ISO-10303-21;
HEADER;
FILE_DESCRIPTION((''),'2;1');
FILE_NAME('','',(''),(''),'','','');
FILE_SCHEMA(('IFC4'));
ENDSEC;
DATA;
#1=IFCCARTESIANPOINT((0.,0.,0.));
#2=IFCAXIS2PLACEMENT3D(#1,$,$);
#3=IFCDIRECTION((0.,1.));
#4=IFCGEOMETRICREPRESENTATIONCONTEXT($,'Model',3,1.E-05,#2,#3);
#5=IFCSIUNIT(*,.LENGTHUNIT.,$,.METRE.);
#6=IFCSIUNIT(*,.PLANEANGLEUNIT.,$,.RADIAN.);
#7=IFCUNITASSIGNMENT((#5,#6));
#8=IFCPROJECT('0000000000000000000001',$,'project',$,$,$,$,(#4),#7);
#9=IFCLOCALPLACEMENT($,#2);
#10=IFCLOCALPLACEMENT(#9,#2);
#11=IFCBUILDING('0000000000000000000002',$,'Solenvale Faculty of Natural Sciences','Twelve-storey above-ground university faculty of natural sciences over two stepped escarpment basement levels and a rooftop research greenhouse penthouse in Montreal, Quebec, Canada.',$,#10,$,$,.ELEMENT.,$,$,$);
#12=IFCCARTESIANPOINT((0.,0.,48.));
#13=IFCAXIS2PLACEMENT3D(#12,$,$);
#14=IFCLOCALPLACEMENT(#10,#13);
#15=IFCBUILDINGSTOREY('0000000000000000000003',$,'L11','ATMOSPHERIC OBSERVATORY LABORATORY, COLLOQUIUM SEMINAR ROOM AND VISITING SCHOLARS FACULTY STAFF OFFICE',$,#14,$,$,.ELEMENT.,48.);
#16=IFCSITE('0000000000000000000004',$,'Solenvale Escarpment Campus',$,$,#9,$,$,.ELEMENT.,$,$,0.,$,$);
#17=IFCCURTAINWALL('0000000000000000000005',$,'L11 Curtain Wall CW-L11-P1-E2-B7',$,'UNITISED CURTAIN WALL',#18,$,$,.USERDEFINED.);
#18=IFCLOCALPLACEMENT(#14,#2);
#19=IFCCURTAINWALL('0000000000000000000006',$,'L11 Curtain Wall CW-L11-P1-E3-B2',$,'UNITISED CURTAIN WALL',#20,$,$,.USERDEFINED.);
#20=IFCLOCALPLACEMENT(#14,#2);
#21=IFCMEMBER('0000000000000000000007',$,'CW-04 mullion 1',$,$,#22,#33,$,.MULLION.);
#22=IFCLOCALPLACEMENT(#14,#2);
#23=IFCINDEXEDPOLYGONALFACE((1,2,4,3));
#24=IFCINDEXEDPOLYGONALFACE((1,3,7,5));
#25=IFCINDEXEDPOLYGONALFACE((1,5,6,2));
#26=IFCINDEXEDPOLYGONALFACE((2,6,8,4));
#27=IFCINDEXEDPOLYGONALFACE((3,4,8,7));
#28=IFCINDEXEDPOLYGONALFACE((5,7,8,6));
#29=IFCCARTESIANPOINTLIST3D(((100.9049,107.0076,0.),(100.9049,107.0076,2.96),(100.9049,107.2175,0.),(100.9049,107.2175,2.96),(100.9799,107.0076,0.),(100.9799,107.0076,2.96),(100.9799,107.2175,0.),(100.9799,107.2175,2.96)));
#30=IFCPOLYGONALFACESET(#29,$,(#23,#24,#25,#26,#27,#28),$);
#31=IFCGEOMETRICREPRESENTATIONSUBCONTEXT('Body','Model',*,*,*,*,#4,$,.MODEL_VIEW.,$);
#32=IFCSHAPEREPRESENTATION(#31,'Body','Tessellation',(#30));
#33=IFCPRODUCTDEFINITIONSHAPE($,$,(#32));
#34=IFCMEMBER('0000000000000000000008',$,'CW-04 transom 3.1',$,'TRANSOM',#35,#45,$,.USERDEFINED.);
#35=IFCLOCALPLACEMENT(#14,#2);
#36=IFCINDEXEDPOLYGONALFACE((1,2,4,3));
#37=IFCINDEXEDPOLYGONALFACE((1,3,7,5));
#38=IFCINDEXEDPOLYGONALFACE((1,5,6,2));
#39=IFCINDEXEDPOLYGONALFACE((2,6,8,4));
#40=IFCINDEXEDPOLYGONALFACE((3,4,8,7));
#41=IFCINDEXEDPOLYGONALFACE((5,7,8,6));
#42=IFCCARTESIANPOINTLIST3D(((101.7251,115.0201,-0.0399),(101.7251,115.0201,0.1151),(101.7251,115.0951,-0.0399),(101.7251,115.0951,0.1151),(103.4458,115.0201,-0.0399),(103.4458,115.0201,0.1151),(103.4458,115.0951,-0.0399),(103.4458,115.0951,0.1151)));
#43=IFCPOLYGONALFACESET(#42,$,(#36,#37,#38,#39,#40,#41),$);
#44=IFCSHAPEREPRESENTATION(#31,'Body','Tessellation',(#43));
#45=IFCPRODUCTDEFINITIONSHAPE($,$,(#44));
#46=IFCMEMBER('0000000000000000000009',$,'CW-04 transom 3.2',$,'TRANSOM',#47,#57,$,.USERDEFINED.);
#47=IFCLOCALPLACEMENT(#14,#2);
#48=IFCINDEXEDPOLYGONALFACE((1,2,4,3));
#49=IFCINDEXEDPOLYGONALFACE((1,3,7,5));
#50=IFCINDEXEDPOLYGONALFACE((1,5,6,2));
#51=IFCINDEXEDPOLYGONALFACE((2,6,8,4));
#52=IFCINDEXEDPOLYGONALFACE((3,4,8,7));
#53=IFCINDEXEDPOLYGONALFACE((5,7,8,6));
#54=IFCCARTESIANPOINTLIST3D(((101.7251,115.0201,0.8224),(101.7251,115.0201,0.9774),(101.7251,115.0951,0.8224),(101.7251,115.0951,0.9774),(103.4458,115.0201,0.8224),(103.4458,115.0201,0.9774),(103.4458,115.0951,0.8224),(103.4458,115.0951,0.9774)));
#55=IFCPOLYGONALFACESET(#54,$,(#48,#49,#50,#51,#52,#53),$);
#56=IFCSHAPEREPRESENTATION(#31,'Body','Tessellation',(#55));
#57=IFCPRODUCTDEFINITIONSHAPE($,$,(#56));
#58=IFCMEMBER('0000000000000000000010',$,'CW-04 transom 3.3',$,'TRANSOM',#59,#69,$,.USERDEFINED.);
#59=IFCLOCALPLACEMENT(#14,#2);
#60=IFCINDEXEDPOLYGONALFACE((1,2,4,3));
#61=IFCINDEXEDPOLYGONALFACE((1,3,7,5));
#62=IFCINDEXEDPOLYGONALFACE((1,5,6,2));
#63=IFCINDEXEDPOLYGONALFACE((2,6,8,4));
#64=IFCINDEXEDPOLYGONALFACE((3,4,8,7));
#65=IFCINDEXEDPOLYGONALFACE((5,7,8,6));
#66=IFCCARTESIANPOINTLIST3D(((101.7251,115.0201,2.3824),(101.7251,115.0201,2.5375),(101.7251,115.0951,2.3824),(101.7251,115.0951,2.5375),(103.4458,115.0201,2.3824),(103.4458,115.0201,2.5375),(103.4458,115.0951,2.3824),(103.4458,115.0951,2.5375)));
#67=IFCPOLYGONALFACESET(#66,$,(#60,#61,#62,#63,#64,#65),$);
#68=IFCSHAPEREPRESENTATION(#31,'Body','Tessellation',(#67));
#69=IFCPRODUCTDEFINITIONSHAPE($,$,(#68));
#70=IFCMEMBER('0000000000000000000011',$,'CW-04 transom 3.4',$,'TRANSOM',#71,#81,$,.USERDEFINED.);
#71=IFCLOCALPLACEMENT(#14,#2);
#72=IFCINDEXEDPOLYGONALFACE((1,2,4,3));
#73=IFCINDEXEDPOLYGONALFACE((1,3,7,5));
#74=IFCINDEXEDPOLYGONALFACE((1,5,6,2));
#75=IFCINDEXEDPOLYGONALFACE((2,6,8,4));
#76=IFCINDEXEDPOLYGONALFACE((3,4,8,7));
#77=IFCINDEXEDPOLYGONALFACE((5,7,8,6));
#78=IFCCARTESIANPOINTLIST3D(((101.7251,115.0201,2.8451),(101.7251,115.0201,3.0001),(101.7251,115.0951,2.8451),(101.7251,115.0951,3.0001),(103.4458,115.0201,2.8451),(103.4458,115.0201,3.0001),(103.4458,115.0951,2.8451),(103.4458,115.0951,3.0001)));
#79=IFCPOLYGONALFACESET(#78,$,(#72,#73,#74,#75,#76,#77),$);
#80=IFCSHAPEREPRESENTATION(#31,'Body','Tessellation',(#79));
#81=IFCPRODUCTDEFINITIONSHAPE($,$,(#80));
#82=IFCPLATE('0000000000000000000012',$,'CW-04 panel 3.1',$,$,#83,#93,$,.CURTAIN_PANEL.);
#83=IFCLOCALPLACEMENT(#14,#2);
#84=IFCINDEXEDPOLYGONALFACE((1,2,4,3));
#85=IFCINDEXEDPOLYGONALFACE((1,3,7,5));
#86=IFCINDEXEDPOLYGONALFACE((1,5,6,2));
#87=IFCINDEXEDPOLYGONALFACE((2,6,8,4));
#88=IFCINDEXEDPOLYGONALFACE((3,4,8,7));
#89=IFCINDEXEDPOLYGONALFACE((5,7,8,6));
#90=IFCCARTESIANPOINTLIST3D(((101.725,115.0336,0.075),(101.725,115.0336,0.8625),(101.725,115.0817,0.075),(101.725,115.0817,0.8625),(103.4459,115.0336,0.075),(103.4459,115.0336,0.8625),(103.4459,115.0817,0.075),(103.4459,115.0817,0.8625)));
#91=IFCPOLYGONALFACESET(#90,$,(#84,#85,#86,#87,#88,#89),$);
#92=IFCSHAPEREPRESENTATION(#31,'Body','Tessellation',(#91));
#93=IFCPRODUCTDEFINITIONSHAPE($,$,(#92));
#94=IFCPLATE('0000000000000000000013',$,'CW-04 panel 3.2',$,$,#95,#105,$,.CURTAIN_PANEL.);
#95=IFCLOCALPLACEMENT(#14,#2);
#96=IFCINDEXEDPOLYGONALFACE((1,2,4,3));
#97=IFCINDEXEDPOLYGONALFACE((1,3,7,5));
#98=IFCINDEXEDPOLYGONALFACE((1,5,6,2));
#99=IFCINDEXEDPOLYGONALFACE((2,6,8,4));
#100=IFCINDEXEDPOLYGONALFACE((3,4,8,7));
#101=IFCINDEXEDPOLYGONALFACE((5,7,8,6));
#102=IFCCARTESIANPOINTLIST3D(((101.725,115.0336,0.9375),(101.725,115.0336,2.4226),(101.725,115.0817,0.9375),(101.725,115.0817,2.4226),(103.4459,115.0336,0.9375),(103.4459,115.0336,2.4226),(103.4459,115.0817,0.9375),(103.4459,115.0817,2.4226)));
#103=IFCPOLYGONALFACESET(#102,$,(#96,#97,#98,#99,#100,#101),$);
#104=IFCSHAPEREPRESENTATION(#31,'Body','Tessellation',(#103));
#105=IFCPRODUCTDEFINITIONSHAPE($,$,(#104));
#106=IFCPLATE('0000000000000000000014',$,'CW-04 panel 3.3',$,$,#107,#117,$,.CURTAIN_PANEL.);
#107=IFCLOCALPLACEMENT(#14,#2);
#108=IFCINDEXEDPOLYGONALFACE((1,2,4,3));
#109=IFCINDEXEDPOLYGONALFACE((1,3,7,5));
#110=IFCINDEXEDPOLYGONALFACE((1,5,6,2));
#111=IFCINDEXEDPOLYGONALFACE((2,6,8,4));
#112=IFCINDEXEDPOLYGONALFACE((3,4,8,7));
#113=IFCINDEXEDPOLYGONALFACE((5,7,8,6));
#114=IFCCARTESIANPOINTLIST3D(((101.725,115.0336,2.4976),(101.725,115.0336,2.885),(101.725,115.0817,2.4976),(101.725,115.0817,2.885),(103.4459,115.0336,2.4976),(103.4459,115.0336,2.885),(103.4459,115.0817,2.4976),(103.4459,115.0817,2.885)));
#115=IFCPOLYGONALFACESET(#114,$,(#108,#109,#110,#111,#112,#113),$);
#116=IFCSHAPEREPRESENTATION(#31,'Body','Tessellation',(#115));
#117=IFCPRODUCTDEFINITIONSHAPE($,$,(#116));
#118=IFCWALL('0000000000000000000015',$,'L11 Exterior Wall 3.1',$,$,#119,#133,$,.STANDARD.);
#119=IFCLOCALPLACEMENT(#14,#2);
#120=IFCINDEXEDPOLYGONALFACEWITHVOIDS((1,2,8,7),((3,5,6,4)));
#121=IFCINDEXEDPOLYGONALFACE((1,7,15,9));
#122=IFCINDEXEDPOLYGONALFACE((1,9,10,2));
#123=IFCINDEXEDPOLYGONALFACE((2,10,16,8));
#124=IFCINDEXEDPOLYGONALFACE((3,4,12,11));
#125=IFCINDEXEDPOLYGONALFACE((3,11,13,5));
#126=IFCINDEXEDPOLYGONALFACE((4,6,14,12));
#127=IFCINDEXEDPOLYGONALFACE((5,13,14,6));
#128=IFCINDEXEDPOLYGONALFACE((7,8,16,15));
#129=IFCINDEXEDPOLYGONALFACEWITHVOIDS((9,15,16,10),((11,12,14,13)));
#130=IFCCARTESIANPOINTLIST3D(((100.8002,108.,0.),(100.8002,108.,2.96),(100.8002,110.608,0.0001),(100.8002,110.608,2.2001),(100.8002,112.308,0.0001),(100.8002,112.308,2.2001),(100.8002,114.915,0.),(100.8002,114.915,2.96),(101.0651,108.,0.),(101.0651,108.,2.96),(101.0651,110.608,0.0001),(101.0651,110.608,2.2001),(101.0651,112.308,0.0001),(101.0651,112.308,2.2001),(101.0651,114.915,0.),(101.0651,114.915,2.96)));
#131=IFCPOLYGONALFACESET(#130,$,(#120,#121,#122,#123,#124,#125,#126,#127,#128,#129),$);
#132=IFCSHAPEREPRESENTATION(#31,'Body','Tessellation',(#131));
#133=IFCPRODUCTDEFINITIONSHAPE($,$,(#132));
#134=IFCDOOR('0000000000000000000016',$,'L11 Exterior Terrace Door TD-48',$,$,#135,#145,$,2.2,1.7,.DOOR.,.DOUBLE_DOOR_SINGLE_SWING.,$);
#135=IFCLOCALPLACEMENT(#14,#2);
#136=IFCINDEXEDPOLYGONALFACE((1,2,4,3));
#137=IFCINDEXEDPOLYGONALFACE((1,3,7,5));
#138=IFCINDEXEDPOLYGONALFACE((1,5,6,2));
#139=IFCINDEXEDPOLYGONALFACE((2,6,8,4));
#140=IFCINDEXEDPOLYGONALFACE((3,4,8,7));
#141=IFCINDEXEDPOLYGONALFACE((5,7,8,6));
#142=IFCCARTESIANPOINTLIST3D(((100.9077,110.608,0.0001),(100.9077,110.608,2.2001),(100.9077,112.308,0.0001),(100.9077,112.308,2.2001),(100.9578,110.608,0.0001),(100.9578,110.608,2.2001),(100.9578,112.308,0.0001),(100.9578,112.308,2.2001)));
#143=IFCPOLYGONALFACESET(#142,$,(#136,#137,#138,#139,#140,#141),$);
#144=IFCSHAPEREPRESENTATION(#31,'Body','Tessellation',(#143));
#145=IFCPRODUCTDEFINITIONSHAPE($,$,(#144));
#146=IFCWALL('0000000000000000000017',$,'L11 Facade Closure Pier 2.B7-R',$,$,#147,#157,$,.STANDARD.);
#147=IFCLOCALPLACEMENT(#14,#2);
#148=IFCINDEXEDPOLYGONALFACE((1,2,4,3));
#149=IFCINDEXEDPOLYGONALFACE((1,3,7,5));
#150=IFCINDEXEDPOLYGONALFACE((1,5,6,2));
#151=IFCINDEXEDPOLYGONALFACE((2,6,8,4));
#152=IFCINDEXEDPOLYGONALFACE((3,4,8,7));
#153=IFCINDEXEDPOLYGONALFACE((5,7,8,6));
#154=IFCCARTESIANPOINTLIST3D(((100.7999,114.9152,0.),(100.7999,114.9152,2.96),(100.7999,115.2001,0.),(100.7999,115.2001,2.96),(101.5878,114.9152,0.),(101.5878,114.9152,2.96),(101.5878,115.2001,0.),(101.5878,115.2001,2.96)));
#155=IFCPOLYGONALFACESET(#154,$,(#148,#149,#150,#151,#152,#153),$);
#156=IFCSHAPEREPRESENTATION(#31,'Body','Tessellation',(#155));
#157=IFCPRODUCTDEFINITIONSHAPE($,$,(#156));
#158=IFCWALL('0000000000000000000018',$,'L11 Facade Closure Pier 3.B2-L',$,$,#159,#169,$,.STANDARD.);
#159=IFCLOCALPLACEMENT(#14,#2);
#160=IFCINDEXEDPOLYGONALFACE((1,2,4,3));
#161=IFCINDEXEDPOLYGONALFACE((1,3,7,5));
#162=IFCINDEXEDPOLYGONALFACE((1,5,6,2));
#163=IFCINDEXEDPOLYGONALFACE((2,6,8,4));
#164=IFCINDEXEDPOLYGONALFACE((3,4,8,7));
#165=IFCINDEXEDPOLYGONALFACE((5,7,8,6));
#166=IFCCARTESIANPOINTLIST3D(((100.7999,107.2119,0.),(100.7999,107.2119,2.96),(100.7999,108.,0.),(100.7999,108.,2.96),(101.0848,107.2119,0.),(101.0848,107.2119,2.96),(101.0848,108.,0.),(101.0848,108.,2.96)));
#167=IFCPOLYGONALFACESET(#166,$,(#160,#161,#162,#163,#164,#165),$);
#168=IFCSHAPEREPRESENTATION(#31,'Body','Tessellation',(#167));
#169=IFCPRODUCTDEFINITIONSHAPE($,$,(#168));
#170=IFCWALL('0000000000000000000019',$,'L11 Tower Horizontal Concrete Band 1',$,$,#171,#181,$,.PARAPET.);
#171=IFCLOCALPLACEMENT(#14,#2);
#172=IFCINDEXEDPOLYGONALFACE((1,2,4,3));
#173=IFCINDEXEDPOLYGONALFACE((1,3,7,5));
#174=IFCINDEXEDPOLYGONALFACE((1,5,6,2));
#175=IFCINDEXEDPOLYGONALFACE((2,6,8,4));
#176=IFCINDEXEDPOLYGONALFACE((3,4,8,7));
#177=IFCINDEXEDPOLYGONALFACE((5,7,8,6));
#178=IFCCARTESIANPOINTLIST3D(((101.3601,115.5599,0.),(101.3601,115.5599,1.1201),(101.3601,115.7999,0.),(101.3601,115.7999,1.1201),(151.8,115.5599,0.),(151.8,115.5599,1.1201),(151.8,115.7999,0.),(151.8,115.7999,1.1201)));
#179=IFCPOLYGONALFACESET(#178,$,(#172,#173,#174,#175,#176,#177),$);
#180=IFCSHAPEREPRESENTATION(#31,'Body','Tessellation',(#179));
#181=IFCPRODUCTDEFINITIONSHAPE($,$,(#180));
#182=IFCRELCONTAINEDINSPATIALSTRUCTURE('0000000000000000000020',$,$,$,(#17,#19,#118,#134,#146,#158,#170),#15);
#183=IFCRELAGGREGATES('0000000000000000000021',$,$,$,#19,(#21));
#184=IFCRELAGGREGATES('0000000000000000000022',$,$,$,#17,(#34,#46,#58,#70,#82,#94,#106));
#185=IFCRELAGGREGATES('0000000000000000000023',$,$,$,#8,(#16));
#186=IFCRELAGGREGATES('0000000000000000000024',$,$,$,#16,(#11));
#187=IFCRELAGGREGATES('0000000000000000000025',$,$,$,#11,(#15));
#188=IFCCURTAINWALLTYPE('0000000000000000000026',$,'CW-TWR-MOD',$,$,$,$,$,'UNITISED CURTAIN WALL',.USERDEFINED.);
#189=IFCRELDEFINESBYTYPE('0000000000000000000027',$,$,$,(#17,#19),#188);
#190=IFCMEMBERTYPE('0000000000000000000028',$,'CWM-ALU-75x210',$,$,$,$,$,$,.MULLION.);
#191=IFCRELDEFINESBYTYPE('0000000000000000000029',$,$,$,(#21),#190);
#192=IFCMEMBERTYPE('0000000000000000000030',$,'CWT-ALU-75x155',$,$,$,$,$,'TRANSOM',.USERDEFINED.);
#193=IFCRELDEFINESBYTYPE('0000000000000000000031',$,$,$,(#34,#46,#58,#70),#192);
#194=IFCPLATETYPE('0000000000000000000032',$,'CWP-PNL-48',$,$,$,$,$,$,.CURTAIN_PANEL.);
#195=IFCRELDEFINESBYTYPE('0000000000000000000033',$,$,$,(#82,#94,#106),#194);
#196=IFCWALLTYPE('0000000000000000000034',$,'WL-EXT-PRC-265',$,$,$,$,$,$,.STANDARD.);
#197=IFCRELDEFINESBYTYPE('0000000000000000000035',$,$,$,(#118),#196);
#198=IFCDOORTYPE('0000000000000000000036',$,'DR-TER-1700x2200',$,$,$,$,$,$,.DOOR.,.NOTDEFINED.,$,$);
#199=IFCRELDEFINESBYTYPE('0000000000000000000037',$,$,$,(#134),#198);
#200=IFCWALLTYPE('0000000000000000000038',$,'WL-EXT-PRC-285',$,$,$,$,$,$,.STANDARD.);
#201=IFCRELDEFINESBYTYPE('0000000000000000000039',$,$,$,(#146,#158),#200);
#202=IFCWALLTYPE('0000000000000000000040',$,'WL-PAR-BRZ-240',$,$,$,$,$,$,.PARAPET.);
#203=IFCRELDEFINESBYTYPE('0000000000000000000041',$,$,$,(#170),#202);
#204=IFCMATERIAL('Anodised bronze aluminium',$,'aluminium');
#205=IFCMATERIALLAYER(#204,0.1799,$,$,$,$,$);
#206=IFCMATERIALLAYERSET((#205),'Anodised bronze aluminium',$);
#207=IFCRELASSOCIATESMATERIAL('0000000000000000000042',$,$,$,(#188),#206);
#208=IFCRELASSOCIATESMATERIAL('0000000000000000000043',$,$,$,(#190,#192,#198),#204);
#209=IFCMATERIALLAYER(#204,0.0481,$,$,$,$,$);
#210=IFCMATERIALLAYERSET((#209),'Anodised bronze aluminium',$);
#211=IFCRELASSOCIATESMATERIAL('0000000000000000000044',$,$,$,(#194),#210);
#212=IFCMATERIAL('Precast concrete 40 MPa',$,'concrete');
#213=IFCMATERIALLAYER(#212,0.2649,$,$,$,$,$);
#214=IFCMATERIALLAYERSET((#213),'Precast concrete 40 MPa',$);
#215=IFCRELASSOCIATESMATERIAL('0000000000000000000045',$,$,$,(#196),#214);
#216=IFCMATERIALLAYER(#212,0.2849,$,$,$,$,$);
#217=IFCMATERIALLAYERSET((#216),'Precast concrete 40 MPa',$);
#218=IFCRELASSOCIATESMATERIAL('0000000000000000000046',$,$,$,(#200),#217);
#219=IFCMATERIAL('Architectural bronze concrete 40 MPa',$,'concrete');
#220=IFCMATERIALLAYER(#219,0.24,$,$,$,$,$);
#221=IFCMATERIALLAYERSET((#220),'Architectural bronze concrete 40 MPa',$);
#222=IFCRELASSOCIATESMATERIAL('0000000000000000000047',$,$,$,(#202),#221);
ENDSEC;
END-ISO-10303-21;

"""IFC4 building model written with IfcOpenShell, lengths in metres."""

from ifc_helpers import new_model, si_unit, direction, frame, frame_2d, origin, origin_2d, place, context, subcontext, project, spatial, rectangle, extrude, material, layer, layer_set, material_profile, profile_set, type_object, element, fill, aggregate, save


model = new_model("IFC4")

# Units and contexts
model_context = context("Model", 3, precision=1e-05, world=origin(), true_north=direction((0.0, 1.0)))
body_context = subcontext(model_context, "Body", "Model", "MODEL_VIEW")
ifc_project = project(units=[si_unit("LENGTHUNIT", "METRE"), si_unit("PLANEANGLEUNIT", "RADIAN")], contexts=[model_context])

# Site, building, storey
site_placement = place(None, origin())
site = spatial("IfcSite", under=ifc_project, at=site_placement, Name="Solenvale Escarpment Campus", CompositionType="ELEMENT", RefElevation=0.0)
building_placement = place(site_placement, origin())
building = spatial("IfcBuilding", under=site, at=building_placement, Name="Solenvale Faculty of Natural Sciences", Description="Twelve-storey above-ground university faculty of natural sciences over two stepped escarpment basement levels and a rooftop research greenhouse penthouse in Montreal, Quebec, Canada.", CompositionType="ELEMENT")
storey_placement = place(building_placement, frame((0.0, 0.0, 48.0)))
storey = spatial("IfcBuildingStorey", under=building, at=storey_placement, Name="L11", Description="ATMOSPHERIC OBSERVATORY LABORATORY, COLLOQUIUM SEMINAR ROOM AND VISITING SCHOLARS FACULTY STAFF OFFICE", CompositionType="ELEMENT", Elevation=48.0)

# Shared definitions
ifc_material_1 = material(Name="Precast concrete 40 MPa", Category="concrete")

# Curtain wall
ifc_material_2 = material(Name="Anodised bronze aluminium", Category="aluminium")
ifc_layer_1 = layer(ifc_material_2, 0.1799)
ifc_layer_set_1 = layer_set([ifc_layer_1], Name="Anodised bronze aluminium")
curtain_wall_type = type_object("IfcCurtainWallType", Name="CW-TWR-MOD", ElementType="UNITISED CURTAIN WALL", PredefinedType="USERDEFINED", material=ifc_layer_set_1)
curtain_wall_1_placement = place(storey_placement, origin())
curtain_wall_1 = element("IfcCurtainWall", 1, at=curtain_wall_1_placement, inside=storey, type_object=curtain_wall_type, Name="L11 Curtain Wall CW-L11-P1-E2-B7", ObjectType="UNITISED CURTAIN WALL", PredefinedType="USERDEFINED")
ifc_material_profile_1 = material_profile(ifc_material_2, rectangle(XDim=0.075, YDim=0.21, at=origin_2d()), Name="ALU-MUL-75x210")
ifc_profile_set_1 = profile_set([ifc_material_profile_1], Name="Anodised bronze aluminium")
member_type_1 = type_object("IfcMemberType", Name="CWM-ALU-75x210", PredefinedType="MULLION", material=ifc_profile_set_1)

# Curtain wall, member
curtain_wall_2_placement = place(storey_placement, origin())
curtain_wall_2 = element("IfcCurtainWall", 2, at=curtain_wall_2_placement, inside=storey, type_object=curtain_wall_type, Name="L11 Curtain Wall CW-L11-P1-E3-B2", ObjectType="UNITISED CURTAIN WALL", PredefinedType="USERDEFINED")
member_1_placement = place(storey_placement, frame((100.9424, 107.1125, 0.0), z_axis=(0.0, 0.0, 1.0), x_axis=(1.0, 0.0, 0.0)))
member_1 = element("IfcMember", 3, at=member_1_placement, type_object=member_type_1, Name="CW-04 mullion 1", PredefinedType="MULLION", context=body_context, shape_type="SweptSolid", body=[
    extrude(rectangle(XDim=0.075, YDim=0.21, at=origin_2d()), origin(), (0.0, 0.0, 1.0), 2.96),
])
aggregate(curtain_wall_2, [member_1])

# Members
ifc_material_profile_2 = material_profile(ifc_material_2, rectangle(XDim=0.075, YDim=0.155, at=origin_2d()), Name="ALU-TRN-75x155")
ifc_profile_set_2 = profile_set([ifc_material_profile_2], Name="Anodised bronze aluminium")
member_type_2 = type_object("IfcMemberType", Name="CWT-ALU-75x155", ElementType="TRANSOM", PredefinedType="USERDEFINED", material=ifc_profile_set_2)
member_2_placement = place(storey_placement, frame((103.4458, 115.0576, 0.0376), z_axis=(-1.0, 0.0, 0.0), x_axis=(0.0, -1.0, 0.0)))
member_2 = element("IfcMember", 4, at=member_2_placement, type_object=member_type_2, Name="CW-04 transom 3.1", ObjectType="TRANSOM", PredefinedType="USERDEFINED", context=body_context, shape_type="SweptSolid", body=[
    extrude(rectangle(XDim=0.075, YDim=0.155, at=origin_2d()), origin(), (0.0, 0.0, 1.0), 1.7207),
])
member_3_placement = place(storey_placement, frame((103.4458, 115.0576, 0.8999), z_axis=(-1.0, 0.0, 0.0), x_axis=(0.0, -1.0, 0.0)))
member_3 = element("IfcMember", 5, at=member_3_placement, type_object=member_type_2, Name="CW-04 transom 3.2", ObjectType="TRANSOM", PredefinedType="USERDEFINED", context=body_context, shape_type="SweptSolid", body=[
    extrude(rectangle(XDim=0.075, YDim=0.155, at=origin_2d()), origin(), (0.0, 0.0, 1.0), 1.7207),
])
member_4_placement = place(storey_placement, frame((103.4458, 115.0576, 2.46), z_axis=(-1.0, 0.0, 0.0), x_axis=(0.0, -1.0, 0.0)))
member_4 = element("IfcMember", 6, at=member_4_placement, type_object=member_type_2, Name="CW-04 transom 3.3", ObjectType="TRANSOM", PredefinedType="USERDEFINED", context=body_context, shape_type="SweptSolid", body=[
    extrude(rectangle(XDim=0.075, YDim=0.155, at=origin_2d()), origin(), (0.0, 0.0, 1.0), 1.7207),
])
member_5_placement = place(storey_placement, frame((103.4458, 115.0576, 2.9226), z_axis=(-1.0, 0.0, 0.0), x_axis=(0.0, -1.0, 0.0)))
member_5 = element("IfcMember", 7, at=member_5_placement, type_object=member_type_2, Name="CW-04 transom 3.4", ObjectType="TRANSOM", PredefinedType="USERDEFINED", context=body_context, shape_type="SweptSolid", body=[
    extrude(rectangle(XDim=0.075, YDim=0.155, at=origin_2d()), origin(), (0.0, 0.0, 1.0), 1.7207),
])

# Plates
ifc_layer_2 = layer(ifc_material_2, 0.0481)
ifc_layer_set_2 = layer_set([ifc_layer_2], Name="Anodised bronze aluminium")
plate_type = type_object("IfcPlateType", Name="CWP-PNL-48", PredefinedType="CURTAIN_PANEL", material=ifc_layer_set_2)
plate_1_placement = place(storey_placement, frame((102.5854, 115.0576, 0.075), z_axis=(0.0, 0.0, 1.0), x_axis=(-1.0, 0.0, 0.0)))
plate_1 = element("IfcPlate", 8, at=plate_1_placement, type_object=plate_type, Name="CW-04 panel 3.1", PredefinedType="CURTAIN_PANEL", context=body_context, shape_type="SweptSolid", body=[
    extrude(rectangle(XDim=1.7209, YDim=0.0481, at=origin_2d()), origin(), (0.0, 0.0, 1.0), 0.7876),
])
plate_2_placement = place(storey_placement, frame((102.5854, 115.0576, 0.9375), z_axis=(0.0, 0.0, 1.0), x_axis=(-1.0, 0.0, 0.0)))
plate_2 = element("IfcPlate", 9, at=plate_2_placement, type_object=plate_type, Name="CW-04 panel 3.2", PredefinedType="CURTAIN_PANEL", context=body_context, shape_type="SweptSolid", body=[
    extrude(rectangle(XDim=1.7209, YDim=0.0481, at=origin_2d()), origin(), (0.0, 0.0, 1.0), 1.4851),
])
plate_3_placement = place(storey_placement, frame((102.5854, 115.0576, 2.4976), z_axis=(0.0, 0.0, 1.0), x_axis=(-1.0, 0.0, 0.0)))
plate_3 = element("IfcPlate", 10, at=plate_3_placement, type_object=plate_type, Name="CW-04 panel 3.3", PredefinedType="CURTAIN_PANEL", context=body_context, shape_type="SweptSolid", body=[
    extrude(rectangle(XDim=1.7209, YDim=0.0481, at=origin_2d()), origin(), (0.0, 0.0, 1.0), 0.3875),
])
aggregate(curtain_wall_1, [member_2, member_3, member_4, member_5, plate_1, plate_2, plate_3])

# Wall, opening, door
ifc_layer_3 = layer(ifc_material_1, 0.2649)
ifc_layer_set_3 = layer_set([ifc_layer_3], Name="Precast concrete 40 MPa")
wall_type_1 = type_object("IfcWallType", Name="WL-EXT-PRC-265", PredefinedType="STANDARD", material=ifc_layer_set_3)
wall_1_placement = place(storey_placement, frame((100.9326, 108.0, 0.0), z_axis=(0.0, 0.0, 1.0), x_axis=(0.0, 1.0, 0.0)))
wall_1 = element("IfcWall", 11, at=wall_1_placement, inside=storey, type_object=wall_type_1, Name="L11 Exterior Wall 3.1", PredefinedType="STANDARD", context=body_context, shape_type="SweptSolid", body=[
    extrude(rectangle(XDim=6.915, YDim=0.2649, at=frame_2d((3.4575, 0.0))), origin(), (0.0, 0.0, 1.0), 2.96),
])
opening_placement = place(wall_1_placement, frame((2.6079, 0.0, 0.0)))
opening = element("IfcOpeningElement", 12, at=opening_placement, cuts=wall_1, PredefinedType="OPENING", context=body_context, shape_type="SweptSolid", body=[
    extrude(rectangle(XDim=1.7, YDim=2.2, at=frame_2d((0.8501, 1.1001))), frame((0.0, 0.1423, 0.0), z_axis=(0.0, -1.0, 0.0), x_axis=(1.0, 0.0, 0.0)), (0.0, 0.0, 1.0), 0.2849),
])
door_type = type_object("IfcDoorType", Name="DR-TER-1700x2200", OperationType="NOTDEFINED", PredefinedType="DOOR", material=ifc_material_2)
door_placement = place(opening_placement, origin())
door = element("IfcDoor", 13, at=door_placement, inside=storey, type_object=door_type, Name="L11 Exterior Terrace Door TD-48", OperationType="DOUBLE_DOOR_SINGLE_SWING", OverallHeight=2.2, OverallWidth=1.7, PredefinedType="DOOR", context=body_context, shape_type="SweptSolid", body=[
    extrude(rectangle(XDim=1.7, YDim=2.2, at=frame_2d((0.8501, 1.1001))), frame((0.0, 0.0249, 0.0), z_axis=(0.0, -1.0, 0.0), x_axis=(1.0, 0.0, 0.0)), (0.0, 0.0, 1.0), 0.05),
])
fill(opening, door)

# Walls
ifc_layer_4 = layer(ifc_material_1, 0.2849)
ifc_layer_set_4 = layer_set([ifc_layer_4], Name="Precast concrete 40 MPa")
wall_type_2 = type_object("IfcWallType", Name="WL-EXT-PRC-285", PredefinedType="STANDARD", material=ifc_layer_set_4)
wall_2_placement = place(storey_placement, frame((101.5879, 115.0576, 0.0), z_axis=(0.0, 0.0, 1.0), x_axis=(-1.0, 0.0, 0.0)))
element("IfcWall", 14, at=wall_2_placement, inside=storey, type_object=wall_type_2, Name="L11 Facade Closure Pier 2.B7-R", PredefinedType="STANDARD", context=body_context, shape_type="SweptSolid", body=[
    extrude(rectangle(XDim=0.7878, YDim=0.2849, at=frame_2d((0.394, 0.0))), origin(), (0.0, 0.0, 1.0), 2.96),
])
wall_3_placement = place(storey_placement, frame((100.9424, 108.0, 0.0), z_axis=(0.0, 0.0, 1.0), x_axis=(0.0, -1.0, 0.0)))
element("IfcWall", 15, at=wall_3_placement, inside=storey, type_object=wall_type_2, Name="L11 Facade Closure Pier 3.B2-L", PredefinedType="STANDARD", context=body_context, shape_type="SweptSolid", body=[
    extrude(rectangle(XDim=0.7881, YDim=0.2849, at=frame_2d((0.394, 0.0))), origin(), (0.0, 0.0, 1.0), 2.96),
])
ifc_material_3 = material(Name="Architectural bronze concrete 40 MPa", Category="concrete")
ifc_layer_5 = layer(ifc_material_3, 0.24)
ifc_layer_set_5 = layer_set([ifc_layer_5], Name="Architectural bronze concrete 40 MPa")
wall_type_3 = type_object("IfcWallType", Name="WL-PAR-BRZ-240", PredefinedType="PARAPET", material=ifc_layer_set_5)
wall_4_placement = place(storey_placement, frame((101.3601, 115.6799, 0.0), z_axis=(0.0, 0.0, 1.0), x_axis=(1.0, 0.0, 0.0)))
element("IfcWall", 16, at=wall_4_placement, inside=storey, type_object=wall_type_3, Name="L11 Tower Horizontal Concrete Band 1", PredefinedType="PARAPET", context=body_context, shape_type="SweptSolid", body=[
    extrude(rectangle(XDim=50.4399, YDim=0.24, at=frame_2d((25.22, 0.0))), origin(), (0.0, 0.0, 1.0), 1.1201),
])

save(model, "model.ifc")
